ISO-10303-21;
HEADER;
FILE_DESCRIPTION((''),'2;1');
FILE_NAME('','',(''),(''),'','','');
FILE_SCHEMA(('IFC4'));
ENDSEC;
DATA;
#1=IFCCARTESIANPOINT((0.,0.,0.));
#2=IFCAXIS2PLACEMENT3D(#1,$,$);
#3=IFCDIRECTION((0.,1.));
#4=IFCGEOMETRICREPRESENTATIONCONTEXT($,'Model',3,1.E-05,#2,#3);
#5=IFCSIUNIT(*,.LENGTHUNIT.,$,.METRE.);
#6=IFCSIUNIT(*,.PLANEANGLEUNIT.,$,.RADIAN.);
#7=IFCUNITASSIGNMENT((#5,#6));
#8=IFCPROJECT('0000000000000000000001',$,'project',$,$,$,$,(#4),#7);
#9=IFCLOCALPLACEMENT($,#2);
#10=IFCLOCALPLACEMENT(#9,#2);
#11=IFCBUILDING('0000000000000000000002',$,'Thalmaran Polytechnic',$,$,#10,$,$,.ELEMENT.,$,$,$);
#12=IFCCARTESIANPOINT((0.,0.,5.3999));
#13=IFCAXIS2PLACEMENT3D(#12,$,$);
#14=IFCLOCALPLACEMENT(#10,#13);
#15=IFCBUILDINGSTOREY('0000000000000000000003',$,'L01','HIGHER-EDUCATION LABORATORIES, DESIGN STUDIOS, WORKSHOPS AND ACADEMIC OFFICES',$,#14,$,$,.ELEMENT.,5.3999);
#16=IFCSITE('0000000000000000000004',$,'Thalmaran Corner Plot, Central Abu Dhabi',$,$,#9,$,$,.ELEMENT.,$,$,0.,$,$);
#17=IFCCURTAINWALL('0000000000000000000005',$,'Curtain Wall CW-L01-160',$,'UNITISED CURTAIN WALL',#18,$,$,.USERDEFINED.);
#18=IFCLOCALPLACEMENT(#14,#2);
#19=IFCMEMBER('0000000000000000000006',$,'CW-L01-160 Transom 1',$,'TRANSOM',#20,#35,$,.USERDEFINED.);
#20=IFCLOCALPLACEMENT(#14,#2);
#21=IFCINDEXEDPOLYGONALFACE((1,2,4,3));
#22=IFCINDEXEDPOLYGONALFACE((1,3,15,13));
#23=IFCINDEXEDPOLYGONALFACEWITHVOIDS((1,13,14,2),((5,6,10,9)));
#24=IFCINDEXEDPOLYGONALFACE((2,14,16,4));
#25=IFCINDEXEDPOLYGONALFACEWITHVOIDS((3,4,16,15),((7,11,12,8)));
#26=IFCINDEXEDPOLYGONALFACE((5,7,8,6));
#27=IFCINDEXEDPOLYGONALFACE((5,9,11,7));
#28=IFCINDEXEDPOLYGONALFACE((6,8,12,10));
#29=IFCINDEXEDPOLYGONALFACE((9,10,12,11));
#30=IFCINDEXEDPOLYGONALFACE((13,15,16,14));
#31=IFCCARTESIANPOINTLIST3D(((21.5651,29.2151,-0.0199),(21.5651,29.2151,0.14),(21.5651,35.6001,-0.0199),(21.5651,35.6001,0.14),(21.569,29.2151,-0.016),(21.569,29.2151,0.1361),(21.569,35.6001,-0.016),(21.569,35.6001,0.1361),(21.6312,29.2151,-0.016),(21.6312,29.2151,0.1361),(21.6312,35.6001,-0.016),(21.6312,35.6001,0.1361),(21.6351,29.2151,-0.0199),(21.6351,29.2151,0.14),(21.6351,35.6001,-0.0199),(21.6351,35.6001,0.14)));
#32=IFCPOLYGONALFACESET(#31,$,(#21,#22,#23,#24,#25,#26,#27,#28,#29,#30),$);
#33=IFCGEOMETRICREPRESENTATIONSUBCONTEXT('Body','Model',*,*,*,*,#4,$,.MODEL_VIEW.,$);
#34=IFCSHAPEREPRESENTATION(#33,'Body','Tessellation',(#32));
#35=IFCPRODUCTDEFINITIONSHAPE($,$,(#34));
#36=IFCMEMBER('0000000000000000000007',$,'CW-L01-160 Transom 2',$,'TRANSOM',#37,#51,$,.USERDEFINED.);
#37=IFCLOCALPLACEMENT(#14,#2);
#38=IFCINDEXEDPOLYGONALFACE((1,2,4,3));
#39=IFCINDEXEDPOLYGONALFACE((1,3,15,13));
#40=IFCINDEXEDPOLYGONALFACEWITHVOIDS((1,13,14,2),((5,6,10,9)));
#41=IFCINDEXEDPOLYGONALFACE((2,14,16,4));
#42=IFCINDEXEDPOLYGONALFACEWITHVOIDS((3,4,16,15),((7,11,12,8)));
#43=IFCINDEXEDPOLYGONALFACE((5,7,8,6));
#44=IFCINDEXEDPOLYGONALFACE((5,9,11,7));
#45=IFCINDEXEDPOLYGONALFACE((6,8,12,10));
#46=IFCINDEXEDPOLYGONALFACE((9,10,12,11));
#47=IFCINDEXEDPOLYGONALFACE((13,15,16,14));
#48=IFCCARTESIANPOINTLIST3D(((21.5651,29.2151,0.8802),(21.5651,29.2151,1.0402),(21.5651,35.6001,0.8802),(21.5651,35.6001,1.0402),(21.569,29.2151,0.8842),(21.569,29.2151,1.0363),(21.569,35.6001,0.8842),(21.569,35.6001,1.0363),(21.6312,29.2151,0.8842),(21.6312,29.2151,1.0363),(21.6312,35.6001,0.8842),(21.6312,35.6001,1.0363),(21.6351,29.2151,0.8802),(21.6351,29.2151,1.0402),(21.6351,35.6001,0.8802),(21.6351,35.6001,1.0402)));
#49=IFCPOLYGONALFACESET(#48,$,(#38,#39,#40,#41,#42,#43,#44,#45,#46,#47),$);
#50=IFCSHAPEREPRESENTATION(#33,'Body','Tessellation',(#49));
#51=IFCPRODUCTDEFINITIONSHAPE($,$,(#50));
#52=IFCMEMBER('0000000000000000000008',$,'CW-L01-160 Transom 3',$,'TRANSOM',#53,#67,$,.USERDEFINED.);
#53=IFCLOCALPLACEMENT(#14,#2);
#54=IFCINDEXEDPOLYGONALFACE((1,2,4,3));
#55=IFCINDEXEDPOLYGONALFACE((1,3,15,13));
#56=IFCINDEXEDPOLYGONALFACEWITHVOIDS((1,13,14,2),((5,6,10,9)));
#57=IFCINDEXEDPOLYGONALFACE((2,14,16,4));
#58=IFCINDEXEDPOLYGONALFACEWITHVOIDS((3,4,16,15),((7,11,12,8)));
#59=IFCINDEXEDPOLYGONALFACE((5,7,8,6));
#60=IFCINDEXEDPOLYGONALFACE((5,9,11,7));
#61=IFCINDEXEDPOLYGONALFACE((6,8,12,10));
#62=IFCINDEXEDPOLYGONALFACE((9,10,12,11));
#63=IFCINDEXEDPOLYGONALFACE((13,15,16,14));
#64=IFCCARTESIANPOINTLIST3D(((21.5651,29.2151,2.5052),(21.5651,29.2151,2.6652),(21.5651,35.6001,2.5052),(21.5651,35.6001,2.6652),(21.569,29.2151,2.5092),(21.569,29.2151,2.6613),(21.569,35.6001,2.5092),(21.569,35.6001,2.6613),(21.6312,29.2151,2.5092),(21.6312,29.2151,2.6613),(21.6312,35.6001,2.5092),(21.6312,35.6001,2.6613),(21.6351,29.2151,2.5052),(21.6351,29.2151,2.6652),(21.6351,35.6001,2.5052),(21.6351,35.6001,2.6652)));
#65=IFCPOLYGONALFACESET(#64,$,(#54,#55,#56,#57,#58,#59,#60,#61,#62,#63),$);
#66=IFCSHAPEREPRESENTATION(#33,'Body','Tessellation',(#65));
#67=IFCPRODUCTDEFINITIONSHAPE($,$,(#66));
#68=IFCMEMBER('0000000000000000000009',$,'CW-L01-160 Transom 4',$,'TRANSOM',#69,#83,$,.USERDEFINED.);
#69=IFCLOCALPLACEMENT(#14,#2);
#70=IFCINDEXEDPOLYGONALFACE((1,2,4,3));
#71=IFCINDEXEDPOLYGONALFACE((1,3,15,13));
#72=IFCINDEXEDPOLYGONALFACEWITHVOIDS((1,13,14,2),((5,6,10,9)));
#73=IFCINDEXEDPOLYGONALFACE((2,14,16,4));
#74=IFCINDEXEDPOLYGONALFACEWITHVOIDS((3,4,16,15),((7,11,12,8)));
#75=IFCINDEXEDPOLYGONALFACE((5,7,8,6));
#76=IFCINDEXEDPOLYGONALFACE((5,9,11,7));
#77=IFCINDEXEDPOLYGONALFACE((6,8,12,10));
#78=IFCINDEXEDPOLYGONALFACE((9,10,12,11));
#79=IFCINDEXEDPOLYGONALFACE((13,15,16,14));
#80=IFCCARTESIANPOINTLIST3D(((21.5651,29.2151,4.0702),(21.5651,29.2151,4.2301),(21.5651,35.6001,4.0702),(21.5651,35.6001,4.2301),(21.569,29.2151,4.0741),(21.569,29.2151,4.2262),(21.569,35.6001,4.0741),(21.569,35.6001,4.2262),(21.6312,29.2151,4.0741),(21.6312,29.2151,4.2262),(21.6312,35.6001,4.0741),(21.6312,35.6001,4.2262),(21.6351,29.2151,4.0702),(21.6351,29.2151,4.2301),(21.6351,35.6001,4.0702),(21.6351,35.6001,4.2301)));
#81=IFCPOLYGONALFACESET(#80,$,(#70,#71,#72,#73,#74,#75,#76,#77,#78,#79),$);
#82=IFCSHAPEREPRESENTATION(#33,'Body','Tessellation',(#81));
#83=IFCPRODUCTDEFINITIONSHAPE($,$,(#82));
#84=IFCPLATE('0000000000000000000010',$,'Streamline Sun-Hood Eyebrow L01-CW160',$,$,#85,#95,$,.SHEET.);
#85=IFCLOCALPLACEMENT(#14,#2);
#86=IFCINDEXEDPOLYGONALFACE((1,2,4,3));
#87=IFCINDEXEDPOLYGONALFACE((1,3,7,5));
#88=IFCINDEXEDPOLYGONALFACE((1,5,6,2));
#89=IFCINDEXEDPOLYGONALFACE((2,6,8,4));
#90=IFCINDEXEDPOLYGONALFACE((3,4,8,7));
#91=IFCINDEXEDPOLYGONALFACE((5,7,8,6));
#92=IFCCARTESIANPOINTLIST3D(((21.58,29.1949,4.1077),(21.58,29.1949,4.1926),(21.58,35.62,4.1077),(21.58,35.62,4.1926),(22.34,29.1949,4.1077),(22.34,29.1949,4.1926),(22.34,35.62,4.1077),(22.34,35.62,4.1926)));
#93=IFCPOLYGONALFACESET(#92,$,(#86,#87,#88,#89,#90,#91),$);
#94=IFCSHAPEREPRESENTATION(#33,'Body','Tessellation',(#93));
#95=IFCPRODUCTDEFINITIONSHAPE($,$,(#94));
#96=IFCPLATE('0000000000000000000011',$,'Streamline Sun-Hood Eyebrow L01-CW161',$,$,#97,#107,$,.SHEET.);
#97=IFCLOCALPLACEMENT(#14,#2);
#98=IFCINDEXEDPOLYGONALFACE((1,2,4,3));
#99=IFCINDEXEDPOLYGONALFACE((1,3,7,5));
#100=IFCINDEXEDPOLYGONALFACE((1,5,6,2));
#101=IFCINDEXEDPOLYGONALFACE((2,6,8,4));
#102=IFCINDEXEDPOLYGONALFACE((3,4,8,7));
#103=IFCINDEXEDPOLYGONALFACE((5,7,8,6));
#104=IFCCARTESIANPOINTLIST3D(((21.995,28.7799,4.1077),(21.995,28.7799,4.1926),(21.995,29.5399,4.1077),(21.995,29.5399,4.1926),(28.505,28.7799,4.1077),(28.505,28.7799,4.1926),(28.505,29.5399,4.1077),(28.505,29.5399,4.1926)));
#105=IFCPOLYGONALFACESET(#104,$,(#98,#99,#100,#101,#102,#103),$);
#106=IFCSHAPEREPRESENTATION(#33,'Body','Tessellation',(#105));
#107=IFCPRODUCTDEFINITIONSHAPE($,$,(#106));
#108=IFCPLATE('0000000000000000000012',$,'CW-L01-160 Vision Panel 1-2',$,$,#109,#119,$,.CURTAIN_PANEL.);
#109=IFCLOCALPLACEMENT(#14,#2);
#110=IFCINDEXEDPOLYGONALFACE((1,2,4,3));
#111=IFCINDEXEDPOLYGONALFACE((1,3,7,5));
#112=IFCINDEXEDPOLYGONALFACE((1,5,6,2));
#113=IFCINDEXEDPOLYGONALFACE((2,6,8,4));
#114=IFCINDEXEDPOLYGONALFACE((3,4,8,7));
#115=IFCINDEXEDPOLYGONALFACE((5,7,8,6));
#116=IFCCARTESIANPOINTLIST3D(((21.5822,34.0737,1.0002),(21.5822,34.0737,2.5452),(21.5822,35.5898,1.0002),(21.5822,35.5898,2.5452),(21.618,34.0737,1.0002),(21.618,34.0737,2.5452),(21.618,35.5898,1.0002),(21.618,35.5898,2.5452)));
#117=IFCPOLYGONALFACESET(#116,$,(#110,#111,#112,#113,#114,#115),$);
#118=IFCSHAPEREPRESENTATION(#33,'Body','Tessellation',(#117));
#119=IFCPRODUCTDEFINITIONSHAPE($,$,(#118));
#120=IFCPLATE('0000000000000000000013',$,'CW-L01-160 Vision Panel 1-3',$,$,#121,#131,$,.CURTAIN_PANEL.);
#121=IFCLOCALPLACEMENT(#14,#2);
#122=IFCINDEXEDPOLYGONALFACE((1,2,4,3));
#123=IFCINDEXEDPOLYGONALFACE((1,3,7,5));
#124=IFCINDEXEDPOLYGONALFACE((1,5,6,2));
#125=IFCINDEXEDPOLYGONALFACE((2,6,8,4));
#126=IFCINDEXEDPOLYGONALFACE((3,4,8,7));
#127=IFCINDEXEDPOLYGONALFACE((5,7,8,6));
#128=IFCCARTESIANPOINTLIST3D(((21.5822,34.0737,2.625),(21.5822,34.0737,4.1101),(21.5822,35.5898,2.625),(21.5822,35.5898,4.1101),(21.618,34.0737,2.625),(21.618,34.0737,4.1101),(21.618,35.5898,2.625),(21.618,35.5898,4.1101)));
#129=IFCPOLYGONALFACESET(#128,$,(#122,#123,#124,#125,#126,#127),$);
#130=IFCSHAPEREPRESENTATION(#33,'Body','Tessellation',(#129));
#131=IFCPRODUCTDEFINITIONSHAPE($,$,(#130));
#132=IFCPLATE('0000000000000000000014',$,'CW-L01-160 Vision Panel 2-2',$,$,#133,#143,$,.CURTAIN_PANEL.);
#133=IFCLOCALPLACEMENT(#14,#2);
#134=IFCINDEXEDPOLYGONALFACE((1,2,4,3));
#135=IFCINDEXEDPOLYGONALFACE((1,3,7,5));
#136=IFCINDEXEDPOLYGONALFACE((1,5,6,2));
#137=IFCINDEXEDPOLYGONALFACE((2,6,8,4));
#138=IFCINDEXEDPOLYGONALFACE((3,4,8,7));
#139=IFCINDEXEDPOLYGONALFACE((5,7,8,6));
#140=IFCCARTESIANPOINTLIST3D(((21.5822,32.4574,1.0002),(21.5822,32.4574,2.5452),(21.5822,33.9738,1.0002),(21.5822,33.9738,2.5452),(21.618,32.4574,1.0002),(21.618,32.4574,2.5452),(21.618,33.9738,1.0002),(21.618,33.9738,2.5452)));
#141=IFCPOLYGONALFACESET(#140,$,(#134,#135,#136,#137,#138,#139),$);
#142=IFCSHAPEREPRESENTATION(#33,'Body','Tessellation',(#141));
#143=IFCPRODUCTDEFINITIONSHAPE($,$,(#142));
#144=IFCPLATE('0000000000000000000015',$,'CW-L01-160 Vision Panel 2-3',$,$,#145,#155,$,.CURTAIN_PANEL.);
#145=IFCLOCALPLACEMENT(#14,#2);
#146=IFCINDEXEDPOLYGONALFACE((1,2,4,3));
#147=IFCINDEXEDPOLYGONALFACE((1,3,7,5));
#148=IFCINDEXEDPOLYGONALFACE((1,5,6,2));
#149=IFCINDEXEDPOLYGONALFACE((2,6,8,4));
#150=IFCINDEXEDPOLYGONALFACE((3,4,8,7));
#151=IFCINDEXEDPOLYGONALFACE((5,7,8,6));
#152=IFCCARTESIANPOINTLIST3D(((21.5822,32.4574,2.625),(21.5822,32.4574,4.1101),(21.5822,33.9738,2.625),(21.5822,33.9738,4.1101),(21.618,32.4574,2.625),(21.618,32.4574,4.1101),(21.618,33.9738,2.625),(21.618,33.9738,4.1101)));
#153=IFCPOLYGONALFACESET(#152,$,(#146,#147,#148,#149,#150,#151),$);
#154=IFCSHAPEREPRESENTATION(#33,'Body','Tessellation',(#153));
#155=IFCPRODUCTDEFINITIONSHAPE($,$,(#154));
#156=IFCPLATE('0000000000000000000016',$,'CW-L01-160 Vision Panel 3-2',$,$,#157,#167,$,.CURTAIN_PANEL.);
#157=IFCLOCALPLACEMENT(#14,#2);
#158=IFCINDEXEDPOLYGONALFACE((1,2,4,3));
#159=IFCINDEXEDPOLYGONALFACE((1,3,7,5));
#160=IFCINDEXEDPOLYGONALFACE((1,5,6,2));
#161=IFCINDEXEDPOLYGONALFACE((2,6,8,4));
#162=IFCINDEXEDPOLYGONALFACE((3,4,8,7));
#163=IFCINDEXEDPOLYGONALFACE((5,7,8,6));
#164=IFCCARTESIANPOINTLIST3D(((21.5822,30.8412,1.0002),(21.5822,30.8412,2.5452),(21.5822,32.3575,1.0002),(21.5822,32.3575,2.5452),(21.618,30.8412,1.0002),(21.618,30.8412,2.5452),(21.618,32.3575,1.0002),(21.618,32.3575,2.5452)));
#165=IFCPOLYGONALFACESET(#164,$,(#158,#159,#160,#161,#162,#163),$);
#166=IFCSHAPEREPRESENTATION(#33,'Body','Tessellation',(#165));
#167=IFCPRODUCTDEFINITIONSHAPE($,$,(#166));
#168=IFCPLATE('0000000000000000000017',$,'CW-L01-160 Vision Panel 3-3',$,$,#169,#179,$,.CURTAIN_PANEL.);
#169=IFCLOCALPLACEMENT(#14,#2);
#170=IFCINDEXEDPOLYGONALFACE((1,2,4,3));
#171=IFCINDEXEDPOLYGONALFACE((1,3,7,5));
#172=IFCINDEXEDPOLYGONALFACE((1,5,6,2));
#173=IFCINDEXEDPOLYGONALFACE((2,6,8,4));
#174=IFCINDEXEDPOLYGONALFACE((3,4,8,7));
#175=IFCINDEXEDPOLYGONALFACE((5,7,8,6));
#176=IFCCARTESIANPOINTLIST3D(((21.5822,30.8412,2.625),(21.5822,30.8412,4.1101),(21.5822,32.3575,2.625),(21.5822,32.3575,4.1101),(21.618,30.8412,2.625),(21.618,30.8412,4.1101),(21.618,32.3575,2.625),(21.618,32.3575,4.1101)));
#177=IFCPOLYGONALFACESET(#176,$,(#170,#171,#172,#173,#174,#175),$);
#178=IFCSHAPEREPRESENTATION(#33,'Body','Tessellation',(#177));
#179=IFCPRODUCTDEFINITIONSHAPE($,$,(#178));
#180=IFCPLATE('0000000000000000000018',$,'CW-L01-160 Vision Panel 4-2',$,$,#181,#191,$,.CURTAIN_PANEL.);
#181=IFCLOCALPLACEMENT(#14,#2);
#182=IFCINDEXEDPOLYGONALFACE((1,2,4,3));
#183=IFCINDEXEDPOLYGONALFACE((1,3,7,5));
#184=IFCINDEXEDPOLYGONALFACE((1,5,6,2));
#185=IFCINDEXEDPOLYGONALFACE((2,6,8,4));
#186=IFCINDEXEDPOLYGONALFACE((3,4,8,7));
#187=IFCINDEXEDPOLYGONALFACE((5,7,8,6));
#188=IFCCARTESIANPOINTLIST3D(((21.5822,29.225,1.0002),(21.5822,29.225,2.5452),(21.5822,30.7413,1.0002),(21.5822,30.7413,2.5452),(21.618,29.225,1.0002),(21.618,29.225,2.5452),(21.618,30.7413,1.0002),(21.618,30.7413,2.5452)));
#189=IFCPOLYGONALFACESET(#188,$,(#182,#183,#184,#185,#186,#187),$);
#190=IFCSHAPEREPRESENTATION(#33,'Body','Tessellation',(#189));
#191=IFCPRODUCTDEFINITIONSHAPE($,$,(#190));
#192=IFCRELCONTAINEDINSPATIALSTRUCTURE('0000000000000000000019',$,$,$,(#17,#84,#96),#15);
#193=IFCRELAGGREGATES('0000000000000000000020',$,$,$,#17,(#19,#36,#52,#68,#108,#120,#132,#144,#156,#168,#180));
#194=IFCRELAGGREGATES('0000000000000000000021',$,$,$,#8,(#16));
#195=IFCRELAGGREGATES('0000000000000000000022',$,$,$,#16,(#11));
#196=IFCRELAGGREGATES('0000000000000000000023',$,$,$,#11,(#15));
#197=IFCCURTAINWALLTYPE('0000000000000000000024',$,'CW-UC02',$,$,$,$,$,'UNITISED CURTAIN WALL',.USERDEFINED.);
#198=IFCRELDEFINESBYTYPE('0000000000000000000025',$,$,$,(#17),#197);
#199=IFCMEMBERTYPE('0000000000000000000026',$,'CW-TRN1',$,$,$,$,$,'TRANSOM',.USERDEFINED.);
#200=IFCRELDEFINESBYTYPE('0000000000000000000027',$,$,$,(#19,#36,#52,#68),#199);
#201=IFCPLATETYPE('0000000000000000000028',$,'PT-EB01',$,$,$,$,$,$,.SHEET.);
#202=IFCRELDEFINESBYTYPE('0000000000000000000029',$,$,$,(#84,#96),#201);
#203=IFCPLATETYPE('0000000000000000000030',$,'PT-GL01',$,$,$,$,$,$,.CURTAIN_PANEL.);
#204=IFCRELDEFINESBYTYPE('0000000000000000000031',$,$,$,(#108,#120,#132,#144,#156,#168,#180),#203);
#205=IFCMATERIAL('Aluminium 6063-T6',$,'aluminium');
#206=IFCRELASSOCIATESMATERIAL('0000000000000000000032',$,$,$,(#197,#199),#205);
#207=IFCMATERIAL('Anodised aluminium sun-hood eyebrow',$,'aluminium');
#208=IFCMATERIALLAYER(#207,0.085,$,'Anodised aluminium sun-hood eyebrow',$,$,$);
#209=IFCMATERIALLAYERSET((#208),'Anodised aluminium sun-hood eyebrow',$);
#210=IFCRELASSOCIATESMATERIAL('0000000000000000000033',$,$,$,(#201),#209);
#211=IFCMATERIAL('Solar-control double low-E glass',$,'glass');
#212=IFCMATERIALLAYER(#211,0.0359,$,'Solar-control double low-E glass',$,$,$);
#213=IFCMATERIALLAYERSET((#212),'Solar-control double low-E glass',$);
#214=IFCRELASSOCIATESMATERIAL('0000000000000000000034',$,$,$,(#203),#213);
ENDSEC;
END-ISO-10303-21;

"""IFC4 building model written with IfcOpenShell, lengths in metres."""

from ifc_helpers import new_model, si_unit, direction, frame, origin, origin_2d, place, context, subcontext, project, spatial, rectangle, hollow_rectangle, extrude, material, layer, layer_set, material_profile, profile_set, type_object, element, aggregate, save


model = new_model("IFC4")

# Units and contexts
model_context = context("Model", 3, precision=1e-05, world=origin(), true_north=direction((0.0, 1.0)))
body_context = subcontext(model_context, "Body", "Model", "MODEL_VIEW")
ifc_project = project(units=[si_unit("LENGTHUNIT", "METRE"), si_unit("PLANEANGLEUNIT", "RADIAN")], contexts=[model_context])

# Site, building, storey
site_placement = place(None, origin())
site = spatial("IfcSite", under=ifc_project, at=site_placement, Name="Thalmaran Corner Plot, Central Abu Dhabi", CompositionType="ELEMENT", RefElevation=0.0)
building_placement = place(site_placement, origin())
building = spatial("IfcBuilding", under=site, at=building_placement, Name="Thalmaran Polytechnic", CompositionType="ELEMENT")
storey_placement = place(building_placement, frame((0.0, 0.0, 5.3999)))
storey = spatial("IfcBuildingStorey", under=building, at=storey_placement, Name="L01", Description="HIGHER-EDUCATION LABORATORIES, DESIGN STUDIOS, WORKSHOPS AND ACADEMIC OFFICES", CompositionType="ELEMENT", Elevation=5.3999)

# Curtain wall
ifc_material_1 = material(Name="Aluminium 6063-T6", Category="aluminium")
curtain_wall_type = type_object("IfcCurtainWallType", Name="CW-UC02", ElementType="UNITISED CURTAIN WALL", PredefinedType="USERDEFINED", material=ifc_material_1)
curtain_wall_1_placement = place(storey_placement, origin())
curtain_wall_1 = element("IfcCurtainWall", 1, at=curtain_wall_1_placement, inside=storey, type_object=curtain_wall_type, Name="Curtain Wall CW-L01-160", ObjectType="UNITISED CURTAIN WALL", PredefinedType="USERDEFINED")

# Members
ifc_material_profile_1 = material_profile(ifc_material_1, hollow_rectangle(XDim=0.0701, YDim=0.1599, WallThickness=0.0039, at=origin_2d()), Name="AL 160x70x4.0")
ifc_profile_set_1 = profile_set([ifc_material_profile_1], Name="Aluminium 6063-T6")
member_type_1 = type_object("IfcMemberType", Name="CW-TRN1", ElementType="TRANSOM", PredefinedType="USERDEFINED", material=ifc_profile_set_1)
member_1_placement = place(storey_placement, frame((21.6001, 35.6001, 0.0601), z_axis=(0.0, -1.0, 0.0), x_axis=(1.0, 0.0, 0.0)))
member_1 = element("IfcMember", 2, at=member_1_placement, type_object=member_type_1, Name="CW-L01-160 Transom 1", ObjectType="TRANSOM", PredefinedType="USERDEFINED", context=body_context, shape_type="SweptSolid", body=[
    extrude(hollow_rectangle(XDim=0.0701, YDim=0.1599, WallThickness=0.0039, at=origin_2d()), origin(), (0.0, 0.0, 1.0), 6.385),
])
member_2_placement = place(storey_placement, frame((21.6001, 35.6001, 0.9602), z_axis=(0.0, -1.0, 0.0), x_axis=(1.0, 0.0, 0.0)))
member_2 = element("IfcMember", 3, at=member_2_placement, type_object=member_type_1, Name="CW-L01-160 Transom 2", ObjectType="TRANSOM", PredefinedType="USERDEFINED", context=body_context, shape_type="SweptSolid", body=[
    extrude(hollow_rectangle(XDim=0.0701, YDim=0.1599, WallThickness=0.0039, at=origin_2d()), origin(), (0.0, 0.0, 1.0), 6.385),
])
member_3_placement = place(storey_placement, frame((21.6001, 35.6001, 2.5852), z_axis=(0.0, -1.0, 0.0), x_axis=(1.0, 0.0, 0.0)))
member_3 = element("IfcMember", 4, at=member_3_placement, type_object=member_type_1, Name="CW-L01-160 Transom 3", ObjectType="TRANSOM", PredefinedType="USERDEFINED", context=body_context, shape_type="SweptSolid", body=[
    extrude(hollow_rectangle(XDim=0.0701, YDim=0.1599, WallThickness=0.0039, at=origin_2d()), origin(), (0.0, 0.0, 1.0), 6.385),
])
member_4_placement = place(storey_placement, frame((21.6001, 35.6001, 4.1501), z_axis=(0.0, -1.0, 0.0), x_axis=(1.0, 0.0, 0.0)))
member_4 = element("IfcMember", 5, at=member_4_placement, type_object=member_type_1, Name="CW-L01-160 Transom 4", ObjectType="TRANSOM", PredefinedType="USERDEFINED", context=body_context, shape_type="SweptSolid", body=[
    extrude(hollow_rectangle(XDim=0.0701, YDim=0.1599, WallThickness=0.0039, at=origin_2d()), origin(), (0.0, 0.0, 1.0), 6.385),
])

# Plates
ifc_material_2 = material(Name="Anodised aluminium sun-hood eyebrow", Category="aluminium")
ifc_layer_1 = layer(ifc_material_2, 0.085, Name="Anodised aluminium sun-hood eyebrow")
ifc_layer_set_1 = layer_set([ifc_layer_1], Name="Anodised aluminium sun-hood eyebrow")
plate_type_1 = type_object("IfcPlateType", Name="PT-EB01", PredefinedType="SHEET", material=ifc_layer_set_1)
plate_1_placement = place(storey_placement, frame((21.96, 32.4075, 4.1077), z_axis=(0.0, 0.0, 1.0), x_axis=(0.0, -1.0, 0.0)))
element("IfcPlate", 6, at=plate_1_placement, inside=storey, type_object=plate_type_1, Name="Streamline Sun-Hood Eyebrow L01-CW160", PredefinedType="SHEET", context=body_context, shape_type="SweptSolid", body=[
    extrude(rectangle(XDim=6.425, YDim=0.76, at=origin_2d()), origin(), (0.0, 0.0, 1.0), 0.085),
])
plate_2_placement = place(storey_placement, frame((25.25, 29.1599, 4.1077), z_axis=(0.0, 0.0, 1.0), x_axis=(1.0, 0.0, 0.0)))
element("IfcPlate", 7, at=plate_2_placement, inside=storey, type_object=plate_type_1, Name="Streamline Sun-Hood Eyebrow L01-CW161", PredefinedType="SHEET", context=body_context, shape_type="SweptSolid", body=[
    extrude(rectangle(XDim=6.51, YDim=0.76, at=origin_2d()), origin(), (0.0, 0.0, 1.0), 0.085),
])

# Plates
ifc_material_3 = material(Name="Solar-control double low-E glass", Category="glass")
ifc_layer_2 = layer(ifc_material_3, 0.0359, Name="Solar-control double low-E glass")
ifc_layer_set_2 = layer_set([ifc_layer_2], Name="Solar-control double low-E glass")
plate_type_2 = type_object("IfcPlateType", Name="PT-GL01", PredefinedType="CURTAIN_PANEL", material=ifc_layer_set_2)
plate_3_placement = place(storey_placement, frame((21.6001, 34.8318, 1.0002), z_axis=(0.0, 0.0, 1.0), x_axis=(0.0, -1.0, 0.0)))
plate_3 = element("IfcPlate", 8, at=plate_3_placement, type_object=plate_type_2, Name="CW-L01-160 Vision Panel 1-2", PredefinedType="CURTAIN_PANEL", context=body_context, shape_type="SweptSolid", body=[
    extrude(rectangle(XDim=1.5161, YDim=0.0359, at=origin_2d()), origin(), (0.0, 0.0, 1.0), 1.5449),
])
plate_4_placement = place(storey_placement, frame((21.6001, 34.8318, 2.625), z_axis=(0.0, 0.0, 1.0), x_axis=(0.0, -1.0, 0.0)))
plate_4 = element("IfcPlate", 9, at=plate_4_placement, type_object=plate_type_2, Name="CW-L01-160 Vision Panel 1-3", PredefinedType="CURTAIN_PANEL", context=body_context, shape_type="SweptSolid", body=[
    extrude(rectangle(XDim=1.5161, YDim=0.0359, at=origin_2d()), origin(), (0.0, 0.0, 1.0), 1.4851),
])
plate_5_placement = place(storey_placement, frame((21.6001, 33.2156, 1.0002), z_axis=(0.0, 0.0, 1.0), x_axis=(0.0, -1.0, 0.0)))
plate_5 = element("IfcPlate", 10, at=plate_5_placement, type_object=plate_type_2, Name="CW-L01-160 Vision Panel 2-2", PredefinedType="CURTAIN_PANEL", context=body_context, shape_type="SweptSolid", body=[
    extrude(rectangle(XDim=1.5164, YDim=0.0359, at=origin_2d()), origin(), (0.0, 0.0, 1.0), 1.5449),
])
plate_6_placement = place(storey_placement, frame((21.6001, 33.2156, 2.625), z_axis=(0.0, 0.0, 1.0), x_axis=(0.0, -1.0, 0.0)))
plate_6 = element("IfcPlate", 11, at=plate_6_placement, type_object=plate_type_2, Name="CW-L01-160 Vision Panel 2-3", PredefinedType="CURTAIN_PANEL", context=body_context, shape_type="SweptSolid", body=[
    extrude(rectangle(XDim=1.5164, YDim=0.0359, at=origin_2d()), origin(), (0.0, 0.0, 1.0), 1.4851),
])
plate_7_placement = place(storey_placement, frame((21.6001, 31.5994, 1.0002), z_axis=(0.0, 0.0, 1.0), x_axis=(0.0, -1.0, 0.0)))
plate_7 = element("IfcPlate", 12, at=plate_7_placement, type_object=plate_type_2, Name="CW-L01-160 Vision Panel 3-2", PredefinedType="CURTAIN_PANEL", context=body_context, shape_type="SweptSolid", body=[
    extrude(rectangle(XDim=1.5164, YDim=0.0359, at=origin_2d()), origin(), (0.0, 0.0, 1.0), 1.5449),
])
plate_8_placement = place(storey_placement, frame((21.6001, 31.5994, 2.625), z_axis=(0.0, 0.0, 1.0), x_axis=(0.0, -1.0, 0.0)))
plate_8 = element("IfcPlate", 13, at=plate_8_placement, type_object=plate_type_2, Name="CW-L01-160 Vision Panel 3-3", PredefinedType="CURTAIN_PANEL", context=body_context, shape_type="SweptSolid", body=[
    extrude(rectangle(XDim=1.5164, YDim=0.0359, at=origin_2d()), origin(), (0.0, 0.0, 1.0), 1.4851),
])
plate_9_placement = place(storey_placement, frame((21.6001, 29.9832, 1.0002), z_axis=(0.0, 0.0, 1.0), x_axis=(0.0, -1.0, 0.0)))
plate_9 = element("IfcPlate", 14, at=plate_9_placement, type_object=plate_type_2, Name="CW-L01-160 Vision Panel 4-2", PredefinedType="CURTAIN_PANEL", context=body_context, shape_type="SweptSolid", body=[
    extrude(rectangle(XDim=1.5164, YDim=0.0359, at=origin_2d()), origin(), (0.0, 0.0, 1.0), 1.5449),
])
aggregate(curtain_wall_1, [member_1, member_2, member_3, member_4, plate_3, plate_4, plate_5, plate_6, plate_7, plate_8, plate_9])

save(model, "model.ifc")
